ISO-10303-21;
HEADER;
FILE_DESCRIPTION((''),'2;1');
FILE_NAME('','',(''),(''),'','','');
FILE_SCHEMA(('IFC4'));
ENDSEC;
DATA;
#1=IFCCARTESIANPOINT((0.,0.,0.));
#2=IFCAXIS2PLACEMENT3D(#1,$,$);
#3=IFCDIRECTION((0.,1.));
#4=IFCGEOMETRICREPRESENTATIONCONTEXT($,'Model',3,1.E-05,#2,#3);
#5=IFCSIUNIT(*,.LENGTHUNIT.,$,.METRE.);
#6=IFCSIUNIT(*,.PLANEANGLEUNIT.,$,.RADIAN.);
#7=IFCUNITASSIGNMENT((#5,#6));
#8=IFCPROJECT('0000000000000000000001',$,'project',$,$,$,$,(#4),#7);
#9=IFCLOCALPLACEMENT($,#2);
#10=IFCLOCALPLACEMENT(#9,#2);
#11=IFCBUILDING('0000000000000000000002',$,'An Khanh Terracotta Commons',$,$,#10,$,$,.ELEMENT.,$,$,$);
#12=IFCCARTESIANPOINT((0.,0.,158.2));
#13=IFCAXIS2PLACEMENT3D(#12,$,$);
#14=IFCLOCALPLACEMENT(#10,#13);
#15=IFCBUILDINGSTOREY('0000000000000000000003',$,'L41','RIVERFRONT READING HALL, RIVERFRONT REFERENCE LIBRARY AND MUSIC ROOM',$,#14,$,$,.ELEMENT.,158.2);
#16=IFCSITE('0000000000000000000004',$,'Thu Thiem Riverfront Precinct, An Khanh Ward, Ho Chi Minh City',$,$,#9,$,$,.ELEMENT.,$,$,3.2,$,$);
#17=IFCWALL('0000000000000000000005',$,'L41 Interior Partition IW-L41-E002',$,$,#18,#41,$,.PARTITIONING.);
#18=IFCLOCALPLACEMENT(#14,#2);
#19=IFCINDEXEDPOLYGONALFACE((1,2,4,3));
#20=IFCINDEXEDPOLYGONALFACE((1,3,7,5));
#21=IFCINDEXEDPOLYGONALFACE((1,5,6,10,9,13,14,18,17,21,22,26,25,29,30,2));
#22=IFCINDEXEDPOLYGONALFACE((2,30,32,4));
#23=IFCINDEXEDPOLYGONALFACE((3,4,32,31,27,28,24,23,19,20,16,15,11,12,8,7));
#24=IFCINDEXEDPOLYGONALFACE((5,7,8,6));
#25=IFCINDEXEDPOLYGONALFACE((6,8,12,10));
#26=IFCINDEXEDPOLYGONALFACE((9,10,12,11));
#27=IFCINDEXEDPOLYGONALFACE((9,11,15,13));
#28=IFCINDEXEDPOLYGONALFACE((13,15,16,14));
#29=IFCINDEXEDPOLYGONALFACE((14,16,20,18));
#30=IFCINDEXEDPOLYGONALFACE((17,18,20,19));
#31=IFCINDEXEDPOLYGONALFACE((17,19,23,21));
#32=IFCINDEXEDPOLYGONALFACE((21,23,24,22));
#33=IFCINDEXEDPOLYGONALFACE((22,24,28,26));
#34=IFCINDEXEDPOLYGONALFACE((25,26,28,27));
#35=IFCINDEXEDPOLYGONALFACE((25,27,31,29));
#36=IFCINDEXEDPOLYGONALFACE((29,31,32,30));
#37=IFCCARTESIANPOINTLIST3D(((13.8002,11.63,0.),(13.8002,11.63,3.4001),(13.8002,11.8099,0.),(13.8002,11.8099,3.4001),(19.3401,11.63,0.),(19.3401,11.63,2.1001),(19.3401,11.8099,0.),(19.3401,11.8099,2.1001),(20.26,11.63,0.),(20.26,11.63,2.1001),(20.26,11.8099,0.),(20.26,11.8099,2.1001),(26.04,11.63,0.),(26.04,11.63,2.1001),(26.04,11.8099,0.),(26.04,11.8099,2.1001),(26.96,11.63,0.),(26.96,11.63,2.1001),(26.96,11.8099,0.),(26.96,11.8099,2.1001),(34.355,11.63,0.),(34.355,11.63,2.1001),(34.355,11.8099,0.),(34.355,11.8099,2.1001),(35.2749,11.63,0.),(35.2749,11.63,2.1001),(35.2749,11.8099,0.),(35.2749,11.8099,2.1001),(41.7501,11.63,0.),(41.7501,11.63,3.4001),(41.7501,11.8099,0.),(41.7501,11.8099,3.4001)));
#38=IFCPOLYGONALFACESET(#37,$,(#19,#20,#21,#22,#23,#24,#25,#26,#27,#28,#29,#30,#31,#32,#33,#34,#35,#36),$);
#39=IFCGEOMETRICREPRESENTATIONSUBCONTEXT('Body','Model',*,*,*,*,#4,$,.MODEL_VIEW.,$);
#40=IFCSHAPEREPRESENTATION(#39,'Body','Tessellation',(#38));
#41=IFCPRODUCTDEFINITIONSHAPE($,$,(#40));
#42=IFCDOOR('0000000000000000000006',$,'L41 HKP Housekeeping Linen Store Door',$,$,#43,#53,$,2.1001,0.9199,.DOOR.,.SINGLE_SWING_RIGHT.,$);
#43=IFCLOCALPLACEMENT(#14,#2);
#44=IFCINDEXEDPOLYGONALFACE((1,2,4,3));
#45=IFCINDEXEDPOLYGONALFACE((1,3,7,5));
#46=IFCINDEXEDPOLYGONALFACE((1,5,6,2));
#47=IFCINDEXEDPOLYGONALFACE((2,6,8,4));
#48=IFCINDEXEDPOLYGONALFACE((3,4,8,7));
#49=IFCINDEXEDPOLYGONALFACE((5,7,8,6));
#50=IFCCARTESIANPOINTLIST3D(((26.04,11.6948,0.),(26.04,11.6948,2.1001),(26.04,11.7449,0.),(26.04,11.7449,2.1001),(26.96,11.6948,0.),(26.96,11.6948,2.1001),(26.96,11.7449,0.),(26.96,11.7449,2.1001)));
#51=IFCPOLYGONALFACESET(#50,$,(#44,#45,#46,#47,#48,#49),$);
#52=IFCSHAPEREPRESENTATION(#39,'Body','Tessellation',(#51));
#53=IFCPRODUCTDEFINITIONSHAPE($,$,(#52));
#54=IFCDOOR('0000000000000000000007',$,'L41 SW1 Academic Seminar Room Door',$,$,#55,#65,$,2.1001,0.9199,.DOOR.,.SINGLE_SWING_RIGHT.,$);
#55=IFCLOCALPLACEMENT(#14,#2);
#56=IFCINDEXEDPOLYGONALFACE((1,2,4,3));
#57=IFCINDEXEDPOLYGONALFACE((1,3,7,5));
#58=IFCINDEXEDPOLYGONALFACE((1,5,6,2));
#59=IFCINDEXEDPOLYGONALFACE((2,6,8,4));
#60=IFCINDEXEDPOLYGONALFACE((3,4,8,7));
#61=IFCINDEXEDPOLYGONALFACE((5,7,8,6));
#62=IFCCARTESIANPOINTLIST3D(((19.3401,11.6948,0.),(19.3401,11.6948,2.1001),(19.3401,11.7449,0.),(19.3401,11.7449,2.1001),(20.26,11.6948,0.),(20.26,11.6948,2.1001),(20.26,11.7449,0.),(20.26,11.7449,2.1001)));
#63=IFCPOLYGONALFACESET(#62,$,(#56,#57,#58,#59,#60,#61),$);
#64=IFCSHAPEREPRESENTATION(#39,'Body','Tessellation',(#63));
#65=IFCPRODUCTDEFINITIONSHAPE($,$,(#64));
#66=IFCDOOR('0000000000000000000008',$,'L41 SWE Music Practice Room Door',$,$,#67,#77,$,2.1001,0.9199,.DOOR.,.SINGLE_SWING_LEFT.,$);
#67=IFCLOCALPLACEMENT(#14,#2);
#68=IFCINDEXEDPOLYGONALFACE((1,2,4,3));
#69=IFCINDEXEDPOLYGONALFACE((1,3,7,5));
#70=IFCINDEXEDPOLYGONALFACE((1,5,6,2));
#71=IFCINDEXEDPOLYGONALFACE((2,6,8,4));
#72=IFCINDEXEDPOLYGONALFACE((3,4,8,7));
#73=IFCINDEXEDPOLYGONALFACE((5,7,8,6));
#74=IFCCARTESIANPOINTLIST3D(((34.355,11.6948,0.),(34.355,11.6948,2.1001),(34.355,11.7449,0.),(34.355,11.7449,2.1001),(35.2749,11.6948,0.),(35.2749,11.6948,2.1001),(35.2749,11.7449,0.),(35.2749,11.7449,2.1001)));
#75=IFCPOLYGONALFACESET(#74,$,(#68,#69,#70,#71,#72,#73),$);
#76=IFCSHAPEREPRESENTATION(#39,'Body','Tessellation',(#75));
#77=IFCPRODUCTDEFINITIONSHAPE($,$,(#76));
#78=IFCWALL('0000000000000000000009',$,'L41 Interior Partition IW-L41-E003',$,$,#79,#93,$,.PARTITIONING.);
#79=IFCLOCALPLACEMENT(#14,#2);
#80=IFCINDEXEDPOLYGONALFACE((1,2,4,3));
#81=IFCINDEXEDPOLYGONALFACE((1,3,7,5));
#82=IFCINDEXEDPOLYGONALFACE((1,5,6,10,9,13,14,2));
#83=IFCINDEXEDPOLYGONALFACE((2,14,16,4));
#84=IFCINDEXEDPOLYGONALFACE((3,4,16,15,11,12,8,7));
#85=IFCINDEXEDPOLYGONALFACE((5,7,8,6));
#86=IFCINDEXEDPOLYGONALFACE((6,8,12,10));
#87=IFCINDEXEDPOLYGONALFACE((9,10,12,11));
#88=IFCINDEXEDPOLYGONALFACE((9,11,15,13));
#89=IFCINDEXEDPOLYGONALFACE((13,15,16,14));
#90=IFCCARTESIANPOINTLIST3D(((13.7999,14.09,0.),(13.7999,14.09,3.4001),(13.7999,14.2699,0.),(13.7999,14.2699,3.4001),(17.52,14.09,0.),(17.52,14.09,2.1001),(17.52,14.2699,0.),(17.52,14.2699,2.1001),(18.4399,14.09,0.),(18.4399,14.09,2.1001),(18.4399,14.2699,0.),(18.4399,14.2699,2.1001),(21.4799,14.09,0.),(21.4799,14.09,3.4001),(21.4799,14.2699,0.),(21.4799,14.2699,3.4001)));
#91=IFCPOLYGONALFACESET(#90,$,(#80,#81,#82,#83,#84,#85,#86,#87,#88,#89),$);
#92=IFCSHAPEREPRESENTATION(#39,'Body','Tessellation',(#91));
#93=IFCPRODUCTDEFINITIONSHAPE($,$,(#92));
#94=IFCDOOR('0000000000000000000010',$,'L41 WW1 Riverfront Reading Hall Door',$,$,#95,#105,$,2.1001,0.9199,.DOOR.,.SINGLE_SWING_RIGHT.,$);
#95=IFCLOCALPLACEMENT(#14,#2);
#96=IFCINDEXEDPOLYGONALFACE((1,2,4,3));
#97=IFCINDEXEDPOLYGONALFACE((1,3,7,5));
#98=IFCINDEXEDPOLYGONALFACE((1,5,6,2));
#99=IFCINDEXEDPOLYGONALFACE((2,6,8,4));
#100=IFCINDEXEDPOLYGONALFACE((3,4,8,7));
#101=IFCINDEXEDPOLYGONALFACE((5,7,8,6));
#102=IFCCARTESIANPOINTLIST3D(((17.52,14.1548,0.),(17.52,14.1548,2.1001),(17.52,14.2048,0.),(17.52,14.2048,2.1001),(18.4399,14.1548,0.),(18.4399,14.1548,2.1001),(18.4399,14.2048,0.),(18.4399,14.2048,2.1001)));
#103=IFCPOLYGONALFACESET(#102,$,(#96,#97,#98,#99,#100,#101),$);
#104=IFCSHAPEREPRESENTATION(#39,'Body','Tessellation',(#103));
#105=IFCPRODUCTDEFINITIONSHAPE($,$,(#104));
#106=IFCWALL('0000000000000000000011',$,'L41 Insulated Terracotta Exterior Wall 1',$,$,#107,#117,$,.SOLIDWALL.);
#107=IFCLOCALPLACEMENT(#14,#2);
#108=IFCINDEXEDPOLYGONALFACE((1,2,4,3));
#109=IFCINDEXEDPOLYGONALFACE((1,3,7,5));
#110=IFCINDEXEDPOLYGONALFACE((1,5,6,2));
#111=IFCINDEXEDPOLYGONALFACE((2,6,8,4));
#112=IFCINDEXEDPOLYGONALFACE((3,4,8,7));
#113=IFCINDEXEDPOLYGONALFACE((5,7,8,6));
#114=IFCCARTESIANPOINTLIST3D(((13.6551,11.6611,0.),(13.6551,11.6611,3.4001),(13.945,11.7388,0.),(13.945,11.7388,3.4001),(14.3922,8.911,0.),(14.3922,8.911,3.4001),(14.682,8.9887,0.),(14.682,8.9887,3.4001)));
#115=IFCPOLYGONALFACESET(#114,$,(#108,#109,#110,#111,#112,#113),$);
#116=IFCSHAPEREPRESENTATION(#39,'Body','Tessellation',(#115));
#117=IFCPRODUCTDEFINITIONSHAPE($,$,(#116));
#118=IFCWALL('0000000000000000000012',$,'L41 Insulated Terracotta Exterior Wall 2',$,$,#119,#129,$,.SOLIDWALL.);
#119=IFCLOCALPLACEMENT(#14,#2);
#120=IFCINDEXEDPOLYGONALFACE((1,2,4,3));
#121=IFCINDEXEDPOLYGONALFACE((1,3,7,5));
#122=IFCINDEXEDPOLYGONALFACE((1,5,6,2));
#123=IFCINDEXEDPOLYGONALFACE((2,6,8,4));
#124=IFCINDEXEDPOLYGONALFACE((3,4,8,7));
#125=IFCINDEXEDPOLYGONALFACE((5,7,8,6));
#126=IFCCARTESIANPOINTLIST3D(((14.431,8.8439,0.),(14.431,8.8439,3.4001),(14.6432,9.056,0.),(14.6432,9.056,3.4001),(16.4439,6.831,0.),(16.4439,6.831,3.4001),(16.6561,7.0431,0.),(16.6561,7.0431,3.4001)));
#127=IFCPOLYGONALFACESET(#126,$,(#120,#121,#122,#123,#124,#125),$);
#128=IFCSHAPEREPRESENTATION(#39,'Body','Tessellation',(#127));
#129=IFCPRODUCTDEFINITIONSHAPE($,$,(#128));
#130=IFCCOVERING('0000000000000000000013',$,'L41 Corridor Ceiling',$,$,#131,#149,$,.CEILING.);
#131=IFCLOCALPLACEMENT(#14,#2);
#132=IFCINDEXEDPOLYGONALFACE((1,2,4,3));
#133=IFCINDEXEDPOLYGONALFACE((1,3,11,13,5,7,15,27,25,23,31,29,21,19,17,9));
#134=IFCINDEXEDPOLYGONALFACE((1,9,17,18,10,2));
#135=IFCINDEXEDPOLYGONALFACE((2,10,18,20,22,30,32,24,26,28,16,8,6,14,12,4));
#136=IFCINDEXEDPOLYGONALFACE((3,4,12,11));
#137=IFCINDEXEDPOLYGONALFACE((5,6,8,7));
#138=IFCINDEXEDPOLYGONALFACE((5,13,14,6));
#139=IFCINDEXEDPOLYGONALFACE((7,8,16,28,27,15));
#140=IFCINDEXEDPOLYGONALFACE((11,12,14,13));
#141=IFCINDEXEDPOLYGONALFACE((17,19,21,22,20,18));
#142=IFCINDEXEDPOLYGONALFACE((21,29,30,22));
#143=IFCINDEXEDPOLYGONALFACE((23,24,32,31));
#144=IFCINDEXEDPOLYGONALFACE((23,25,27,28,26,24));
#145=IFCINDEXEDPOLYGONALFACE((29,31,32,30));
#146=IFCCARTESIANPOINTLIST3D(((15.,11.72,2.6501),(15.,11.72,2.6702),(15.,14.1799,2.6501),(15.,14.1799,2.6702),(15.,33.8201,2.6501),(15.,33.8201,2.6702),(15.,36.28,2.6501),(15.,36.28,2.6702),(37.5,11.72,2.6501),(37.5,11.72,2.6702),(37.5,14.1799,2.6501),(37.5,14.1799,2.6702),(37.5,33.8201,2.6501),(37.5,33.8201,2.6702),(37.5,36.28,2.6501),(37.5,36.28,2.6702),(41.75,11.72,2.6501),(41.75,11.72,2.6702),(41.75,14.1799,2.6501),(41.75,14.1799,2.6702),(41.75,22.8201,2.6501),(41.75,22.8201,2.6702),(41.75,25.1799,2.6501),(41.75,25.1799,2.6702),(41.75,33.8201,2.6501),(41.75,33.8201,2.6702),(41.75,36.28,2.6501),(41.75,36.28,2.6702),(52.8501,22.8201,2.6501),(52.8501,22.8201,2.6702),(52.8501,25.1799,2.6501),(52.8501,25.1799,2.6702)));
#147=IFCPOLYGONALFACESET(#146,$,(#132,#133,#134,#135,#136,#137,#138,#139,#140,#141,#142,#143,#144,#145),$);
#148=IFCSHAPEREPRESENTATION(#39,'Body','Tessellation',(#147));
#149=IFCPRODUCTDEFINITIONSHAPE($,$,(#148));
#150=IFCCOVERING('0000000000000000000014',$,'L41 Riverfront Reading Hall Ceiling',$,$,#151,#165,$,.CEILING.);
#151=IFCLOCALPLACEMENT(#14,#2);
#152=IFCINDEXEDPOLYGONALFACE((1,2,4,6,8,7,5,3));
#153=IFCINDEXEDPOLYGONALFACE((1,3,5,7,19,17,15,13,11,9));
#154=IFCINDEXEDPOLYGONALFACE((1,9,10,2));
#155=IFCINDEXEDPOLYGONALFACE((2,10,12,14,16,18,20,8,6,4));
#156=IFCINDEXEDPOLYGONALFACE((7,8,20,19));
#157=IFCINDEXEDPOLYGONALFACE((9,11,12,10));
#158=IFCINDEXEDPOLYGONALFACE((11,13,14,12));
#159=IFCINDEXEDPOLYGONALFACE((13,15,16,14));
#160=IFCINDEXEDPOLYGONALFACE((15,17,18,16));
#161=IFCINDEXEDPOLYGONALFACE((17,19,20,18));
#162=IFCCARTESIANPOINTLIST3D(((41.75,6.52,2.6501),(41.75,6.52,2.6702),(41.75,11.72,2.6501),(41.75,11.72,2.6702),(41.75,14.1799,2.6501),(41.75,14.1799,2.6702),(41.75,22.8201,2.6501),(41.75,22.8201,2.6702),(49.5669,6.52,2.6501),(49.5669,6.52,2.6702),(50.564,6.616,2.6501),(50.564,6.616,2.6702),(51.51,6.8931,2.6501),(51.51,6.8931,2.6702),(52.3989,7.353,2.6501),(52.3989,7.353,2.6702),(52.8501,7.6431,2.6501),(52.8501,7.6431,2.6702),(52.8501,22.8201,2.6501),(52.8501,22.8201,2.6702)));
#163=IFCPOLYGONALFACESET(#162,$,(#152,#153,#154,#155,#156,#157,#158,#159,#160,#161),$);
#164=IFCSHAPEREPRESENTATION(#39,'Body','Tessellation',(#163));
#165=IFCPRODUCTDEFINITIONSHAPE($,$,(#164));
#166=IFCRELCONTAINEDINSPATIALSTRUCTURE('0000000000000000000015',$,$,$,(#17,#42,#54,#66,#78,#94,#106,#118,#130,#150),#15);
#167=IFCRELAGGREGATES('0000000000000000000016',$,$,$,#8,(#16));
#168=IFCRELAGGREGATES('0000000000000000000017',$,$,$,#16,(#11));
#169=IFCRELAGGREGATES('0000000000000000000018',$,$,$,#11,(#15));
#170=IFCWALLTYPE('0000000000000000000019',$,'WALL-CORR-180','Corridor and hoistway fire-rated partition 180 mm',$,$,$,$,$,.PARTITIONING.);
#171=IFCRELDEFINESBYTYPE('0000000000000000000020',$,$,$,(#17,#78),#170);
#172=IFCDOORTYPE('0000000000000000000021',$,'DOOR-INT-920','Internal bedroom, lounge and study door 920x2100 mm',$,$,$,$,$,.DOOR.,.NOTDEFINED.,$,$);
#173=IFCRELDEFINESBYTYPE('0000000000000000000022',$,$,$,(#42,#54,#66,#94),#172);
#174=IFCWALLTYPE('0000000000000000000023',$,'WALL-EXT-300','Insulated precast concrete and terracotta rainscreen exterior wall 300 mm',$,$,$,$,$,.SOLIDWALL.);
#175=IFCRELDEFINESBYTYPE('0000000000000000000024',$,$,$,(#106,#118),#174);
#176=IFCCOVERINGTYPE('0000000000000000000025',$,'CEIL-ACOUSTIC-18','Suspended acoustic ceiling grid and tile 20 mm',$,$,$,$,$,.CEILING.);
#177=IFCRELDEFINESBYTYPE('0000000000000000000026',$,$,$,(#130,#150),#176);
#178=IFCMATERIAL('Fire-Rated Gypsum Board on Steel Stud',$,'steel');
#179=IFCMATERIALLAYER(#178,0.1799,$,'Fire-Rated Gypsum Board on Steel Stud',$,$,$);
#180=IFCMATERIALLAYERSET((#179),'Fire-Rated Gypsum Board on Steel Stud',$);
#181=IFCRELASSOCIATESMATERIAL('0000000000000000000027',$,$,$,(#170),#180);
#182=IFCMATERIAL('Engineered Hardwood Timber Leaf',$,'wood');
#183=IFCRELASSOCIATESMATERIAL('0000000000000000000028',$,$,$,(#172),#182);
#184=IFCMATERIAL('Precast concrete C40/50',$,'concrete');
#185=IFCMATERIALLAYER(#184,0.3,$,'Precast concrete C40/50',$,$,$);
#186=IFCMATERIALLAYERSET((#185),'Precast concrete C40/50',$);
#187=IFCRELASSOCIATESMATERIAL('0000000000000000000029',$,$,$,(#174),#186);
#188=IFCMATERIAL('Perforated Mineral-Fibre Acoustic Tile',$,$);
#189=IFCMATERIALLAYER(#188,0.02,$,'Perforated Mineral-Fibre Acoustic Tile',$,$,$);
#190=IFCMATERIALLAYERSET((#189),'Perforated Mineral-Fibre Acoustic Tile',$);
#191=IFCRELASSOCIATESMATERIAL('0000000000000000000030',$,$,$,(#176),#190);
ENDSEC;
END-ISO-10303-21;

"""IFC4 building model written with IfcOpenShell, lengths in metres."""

from ifc_helpers import new_model, si_unit, direction, frame, frame_2d, origin, place, context, subcontext, project, spatial, polyline, rectangle, outline, extrude, material, layer, layer_set, type_object, element, fill, save


model = new_model("IFC4")

# Units and contexts
model_context = context("Model", 3, precision=1e-05, world=origin(), true_north=direction((0.0, 1.0)))
body_context = subcontext(model_context, "Body", "Model", "MODEL_VIEW")
ifc_project = project(units=[si_unit("LENGTHUNIT", "METRE"), si_unit("PLANEANGLEUNIT", "RADIAN")], contexts=[model_context])

# Site, building, storey
site_placement = place(None, origin())
site = spatial("IfcSite", under=ifc_project, at=site_placement, Name="Thu Thiem Riverfront Precinct, An Khanh Ward, Ho Chi Minh City", CompositionType="ELEMENT", RefElevation=3.2)
building_placement = place(site_placement, origin())
building = spatial("IfcBuilding", under=site, at=building_placement, Name="An Khanh Terracotta Commons", CompositionType="ELEMENT")
storey_placement = place(building_placement, frame((0.0, 0.0, 158.2)))
storey = spatial("IfcBuildingStorey", under=building, at=storey_placement, Name="L41", Description="RIVERFRONT READING HALL, RIVERFRONT REFERENCE LIBRARY AND MUSIC ROOM", CompositionType="ELEMENT", Elevation=158.2)

# Shared definitions
ifc_material_1 = material(Name="Precast concrete C40/50", Category="concrete")

# Wall, openings, doors
ifc_material_2 = material(Name="Fire-Rated Gypsum Board on Steel Stud", Category="steel")
ifc_layer_1 = layer(ifc_material_2, 0.1799, Name="Fire-Rated Gypsum Board on Steel Stud")
ifc_layer_set_1 = layer_set([ifc_layer_1], Name="Fire-Rated Gypsum Board on Steel Stud")
wall_type_1 = type_object("IfcWallType", Name="WALL-CORR-180", Description="Corridor and hoistway fire-rated partition 180 mm", PredefinedType="PARTITIONING", material=ifc_layer_set_1)
wall_1_placement = place(storey_placement, frame((13.8, 11.72, 0.0), z_axis=(0.0, 0.0, 1.0), x_axis=(1.0, 0.0, 0.0)))
wall_1 = element("IfcWall", 1, at=wall_1_placement, inside=storey, type_object=wall_type_1, Name="L41 Interior Partition IW-L41-E002", PredefinedType="PARTITIONING", context=body_context, shape_type="SweptSolid", body=[
    extrude(rectangle(XDim=27.95, YDim=0.1799, at=frame_2d((13.9751, 0.0))), origin(), (0.0, 0.0, 1.0), 3.4001),
])
opening_1_placement = place(wall_1_placement, frame((12.24, 0.0, 0.0)))
opening_1 = element("IfcOpeningElement", 2, at=opening_1_placement, cuts=wall_1, PredefinedType="OPENING", context=body_context, shape_type="SweptSolid", body=[
    extrude(rectangle(XDim=0.9199, YDim=2.1001, at=frame_2d((0.46, 1.05))), frame((0.0, 0.0999, 0.0), z_axis=(0.0, -1.0, 0.0), x_axis=(1.0, 0.0, 0.0)), (0.0, 0.0, 1.0), 0.2),
])
opening_2_placement = place(wall_1_placement, frame((5.54, 0.0, 0.0)))
opening_2 = element("IfcOpeningElement", 3, at=opening_2_placement, cuts=wall_1, PredefinedType="OPENING", context=body_context, shape_type="SweptSolid", body=[
    extrude(rectangle(XDim=0.9199, YDim=2.1001, at=frame_2d((0.46, 1.05))), frame((0.0, 0.0999, 0.0), z_axis=(0.0, -1.0, 0.0), x_axis=(1.0, 0.0, 0.0)), (0.0, 0.0, 1.0), 0.2),
])
opening_3_placement = place(wall_1_placement, frame((20.5549, 0.0, 0.0)))
opening_3 = element("IfcOpeningElement", 4, at=opening_3_placement, cuts=wall_1, PredefinedType="OPENING", context=body_context, shape_type="SweptSolid", body=[
    extrude(rectangle(XDim=0.9199, YDim=2.1001, at=frame_2d((0.46, 1.05))), frame((0.0, 0.0999, 0.0), z_axis=(0.0, -1.0, 0.0), x_axis=(1.0, 0.0, 0.0)), (0.0, 0.0, 1.0), 0.2),
])
ifc_material_3 = material(Name="Engineered Hardwood Timber Leaf", Category="wood")
door_type = type_object("IfcDoorType", Name="DOOR-INT-920", Description="Internal bedroom, lounge and study door 920x2100 mm", OperationType="NOTDEFINED", PredefinedType="DOOR", material=ifc_material_3)
door_1_placement = place(opening_1_placement, origin())
door_1 = element("IfcDoor", 5, at=door_1_placement, inside=storey, type_object=door_type, Name="L41 HKP Housekeeping Linen Store Door", OperationType="SINGLE_SWING_RIGHT", OverallHeight=2.1001, OverallWidth=0.9199, PredefinedType="DOOR", context=body_context, shape_type="SweptSolid", body=[
    extrude(rectangle(XDim=0.9199, YDim=2.1001, at=frame_2d((0.46, 1.05))), frame((0.0, 0.0249, 0.0), z_axis=(0.0, -1.0, 0.0), x_axis=(1.0, 0.0, 0.0)), (0.0, 0.0, 1.0), 0.05),
])
fill(opening_1, door_1)
door_2_placement = place(opening_2_placement, origin())
door_2 = element("IfcDoor", 6, at=door_2_placement, inside=storey, type_object=door_type, Name="L41 SW1 Academic Seminar Room Door", OperationType="SINGLE_SWING_RIGHT", OverallHeight=2.1001, OverallWidth=0.9199, PredefinedType="DOOR", context=body_context, shape_type="SweptSolid", body=[
    extrude(rectangle(XDim=0.9199, YDim=2.1001, at=frame_2d((0.46, 1.05))), frame((0.0, 0.0249, 0.0), z_axis=(0.0, -1.0, 0.0), x_axis=(1.0, 0.0, 0.0)), (0.0, 0.0, 1.0), 0.05),
])
fill(opening_2, door_2)
door_3_placement = place(opening_3_placement, origin())
door_3 = element("IfcDoor", 7, at=door_3_placement, inside=storey, type_object=door_type, Name="L41 SWE Music Practice Room Door", OperationType="SINGLE_SWING_LEFT", OverallHeight=2.1001, OverallWidth=0.9199, PredefinedType="DOOR", context=body_context, shape_type="SweptSolid", body=[
    extrude(rectangle(XDim=0.9199, YDim=2.1001, at=frame_2d((0.46, 1.05))), frame((0.0, 0.0249, 0.0), z_axis=(0.0, -1.0, 0.0), x_axis=(1.0, 0.0, 0.0)), (0.0, 0.0, 1.0), 0.05),
])
fill(opening_3, door_3)

# Wall, opening, door
wall_2_placement = place(storey_placement, frame((13.8, 14.1799, 0.0), z_axis=(0.0, 0.0, 1.0), x_axis=(1.0, 0.0, 0.0)))
wall_2 = element("IfcWall", 8, at=wall_2_placement, inside=storey, type_object=wall_type_1, Name="L41 Interior Partition IW-L41-E003", PredefinedType="PARTITIONING", context=body_context, shape_type="SweptSolid", body=[
    extrude(rectangle(XDim=7.6799, YDim=0.1799, at=frame_2d((3.8398, 0.0))), origin(), (0.0, 0.0, 1.0), 3.4001),
])
opening_4_placement = place(wall_2_placement, frame((3.72, 0.0, 0.0)))
opening_4 = element("IfcOpeningElement", 9, at=opening_4_placement, cuts=wall_2, PredefinedType="OPENING", context=body_context, shape_type="SweptSolid", body=[
    extrude(rectangle(XDim=0.9199, YDim=2.1001, at=frame_2d((0.46, 1.05))), frame((0.0, 0.0999, 0.0), z_axis=(0.0, -1.0, 0.0), x_axis=(1.0, 0.0, 0.0)), (0.0, 0.0, 1.0), 0.2),
])
door_4_placement = place(opening_4_placement, origin())
door_4 = element("IfcDoor", 10, at=door_4_placement, inside=storey, type_object=door_type, Name="L41 WW1 Riverfront Reading Hall Door", OperationType="SINGLE_SWING_RIGHT", OverallHeight=2.1001, OverallWidth=0.9199, PredefinedType="DOOR", context=body_context, shape_type="SweptSolid", body=[
    extrude(rectangle(XDim=0.9199, YDim=2.1001, at=frame_2d((0.46, 1.05))), frame((0.0, 0.0249, 0.0), z_axis=(0.0, -1.0, 0.0), x_axis=(1.0, 0.0, 0.0)), (0.0, 0.0, 1.0), 0.05),
])
fill(opening_4, door_4)

# Walls
ifc_layer_2 = layer(ifc_material_1, 0.3, Name="Precast concrete C40/50")
ifc_layer_set_2 = layer_set([ifc_layer_2], Name="Precast concrete C40/50")
wall_type_2 = type_object("IfcWallType", Name="WALL-EXT-300", Description="Insulated precast concrete and terracotta rainscreen exterior wall 300 mm", PredefinedType="SOLIDWALL", material=ifc_layer_set_2)
wall_3_placement = place(storey_placement, frame((13.8, 11.7, 0.0), z_axis=(0.0, 0.0, 1.0), x_axis=(0.258885, -0.965908, 0.0)))
element("IfcWall", 11, at=wall_3_placement, inside=storey, type_object=wall_type_2, Name="L41 Insulated Terracotta Exterior Wall 1", PredefinedType="SOLIDWALL", context=body_context, shape_type="SweptSolid", body=[
    extrude(rectangle(XDim=2.8472, YDim=0.3, at=frame_2d((1.4236, 0.0))), origin(), (0.0, 0.0, 1.0), 3.4001),
])
wall_4_placement = place(storey_placement, frame((14.5371, 8.95, 0.0), z_axis=(0.0, 0.0, 1.0), x_axis=(0.707107, -0.707107, 0.0)))
element("IfcWall", 12, at=wall_4_placement, inside=storey, type_object=wall_type_2, Name="L41 Insulated Terracotta Exterior Wall 2", PredefinedType="SOLIDWALL", context=body_context, shape_type="SweptSolid", body=[
    extrude(rectangle(XDim=2.8467, YDim=0.3, at=frame_2d((1.4233, 0.0))), origin(), (0.0, 0.0, 1.0), 3.4001),
])

# Coverings
ifc_material_4 = material(Name="Perforated Mineral-Fibre Acoustic Tile")
ifc_layer_3 = layer(ifc_material_4, 0.02, Name="Perforated Mineral-Fibre Acoustic Tile")
ifc_layer_set_3 = layer_set([ifc_layer_3], Name="Perforated Mineral-Fibre Acoustic Tile")
covering_type = type_object("IfcCoveringType", Name="CEIL-ACOUSTIC-18", Description="Suspended acoustic ceiling grid and tile 20 mm", PredefinedType="CEILING", material=ifc_layer_set_3)
covering_1_placement = place(storey_placement, frame((0.0, 0.0, 2.6501)))
element("IfcCovering", 13, at=covering_1_placement, inside=storey, type_object=covering_type, Name="L41 Corridor Ceiling", PredefinedType="CEILING", context=body_context, shape_type="SweptSolid", body=[
    extrude(outline(polyline([(15.0, 11.72), (15.0, 14.1799), (37.5, 14.1799), (37.5, 33.8201), (15.0, 33.8201), (15.0, 36.28), (37.5, 36.28), (41.75, 36.28), (41.75, 33.8201), (41.75, 25.1799), (52.8501, 25.1799), (52.8501, 22.8201), (41.75, 22.8201), (41.75, 14.1799), (41.75, 11.72), (37.5, 11.72), (15.0, 11.72)])), origin(), (0.0, 0.0, 1.0), 0.02),
])
covering_2_placement = place(storey_placement, frame((0.0, 0.0, 2.6501)))
element("IfcCovering", 14, at=covering_2_placement, inside=storey, type_object=covering_type, Name="L41 Riverfront Reading Hall Ceiling", PredefinedType="CEILING", context=body_context, shape_type="SweptSolid", body=[
    extrude(outline(polyline([(52.3989, 7.353), (51.51, 6.8931), (50.564, 6.616), (49.5669, 6.52), (41.75, 6.52), (41.75, 11.72), (41.75, 14.1799), (41.75, 22.8201), (52.8501, 22.8201), (52.8501, 7.6431), (52.3989, 7.353)])), origin(), (0.0, 0.0, 1.0), 0.02),
])

save(model, "model.ifc")
